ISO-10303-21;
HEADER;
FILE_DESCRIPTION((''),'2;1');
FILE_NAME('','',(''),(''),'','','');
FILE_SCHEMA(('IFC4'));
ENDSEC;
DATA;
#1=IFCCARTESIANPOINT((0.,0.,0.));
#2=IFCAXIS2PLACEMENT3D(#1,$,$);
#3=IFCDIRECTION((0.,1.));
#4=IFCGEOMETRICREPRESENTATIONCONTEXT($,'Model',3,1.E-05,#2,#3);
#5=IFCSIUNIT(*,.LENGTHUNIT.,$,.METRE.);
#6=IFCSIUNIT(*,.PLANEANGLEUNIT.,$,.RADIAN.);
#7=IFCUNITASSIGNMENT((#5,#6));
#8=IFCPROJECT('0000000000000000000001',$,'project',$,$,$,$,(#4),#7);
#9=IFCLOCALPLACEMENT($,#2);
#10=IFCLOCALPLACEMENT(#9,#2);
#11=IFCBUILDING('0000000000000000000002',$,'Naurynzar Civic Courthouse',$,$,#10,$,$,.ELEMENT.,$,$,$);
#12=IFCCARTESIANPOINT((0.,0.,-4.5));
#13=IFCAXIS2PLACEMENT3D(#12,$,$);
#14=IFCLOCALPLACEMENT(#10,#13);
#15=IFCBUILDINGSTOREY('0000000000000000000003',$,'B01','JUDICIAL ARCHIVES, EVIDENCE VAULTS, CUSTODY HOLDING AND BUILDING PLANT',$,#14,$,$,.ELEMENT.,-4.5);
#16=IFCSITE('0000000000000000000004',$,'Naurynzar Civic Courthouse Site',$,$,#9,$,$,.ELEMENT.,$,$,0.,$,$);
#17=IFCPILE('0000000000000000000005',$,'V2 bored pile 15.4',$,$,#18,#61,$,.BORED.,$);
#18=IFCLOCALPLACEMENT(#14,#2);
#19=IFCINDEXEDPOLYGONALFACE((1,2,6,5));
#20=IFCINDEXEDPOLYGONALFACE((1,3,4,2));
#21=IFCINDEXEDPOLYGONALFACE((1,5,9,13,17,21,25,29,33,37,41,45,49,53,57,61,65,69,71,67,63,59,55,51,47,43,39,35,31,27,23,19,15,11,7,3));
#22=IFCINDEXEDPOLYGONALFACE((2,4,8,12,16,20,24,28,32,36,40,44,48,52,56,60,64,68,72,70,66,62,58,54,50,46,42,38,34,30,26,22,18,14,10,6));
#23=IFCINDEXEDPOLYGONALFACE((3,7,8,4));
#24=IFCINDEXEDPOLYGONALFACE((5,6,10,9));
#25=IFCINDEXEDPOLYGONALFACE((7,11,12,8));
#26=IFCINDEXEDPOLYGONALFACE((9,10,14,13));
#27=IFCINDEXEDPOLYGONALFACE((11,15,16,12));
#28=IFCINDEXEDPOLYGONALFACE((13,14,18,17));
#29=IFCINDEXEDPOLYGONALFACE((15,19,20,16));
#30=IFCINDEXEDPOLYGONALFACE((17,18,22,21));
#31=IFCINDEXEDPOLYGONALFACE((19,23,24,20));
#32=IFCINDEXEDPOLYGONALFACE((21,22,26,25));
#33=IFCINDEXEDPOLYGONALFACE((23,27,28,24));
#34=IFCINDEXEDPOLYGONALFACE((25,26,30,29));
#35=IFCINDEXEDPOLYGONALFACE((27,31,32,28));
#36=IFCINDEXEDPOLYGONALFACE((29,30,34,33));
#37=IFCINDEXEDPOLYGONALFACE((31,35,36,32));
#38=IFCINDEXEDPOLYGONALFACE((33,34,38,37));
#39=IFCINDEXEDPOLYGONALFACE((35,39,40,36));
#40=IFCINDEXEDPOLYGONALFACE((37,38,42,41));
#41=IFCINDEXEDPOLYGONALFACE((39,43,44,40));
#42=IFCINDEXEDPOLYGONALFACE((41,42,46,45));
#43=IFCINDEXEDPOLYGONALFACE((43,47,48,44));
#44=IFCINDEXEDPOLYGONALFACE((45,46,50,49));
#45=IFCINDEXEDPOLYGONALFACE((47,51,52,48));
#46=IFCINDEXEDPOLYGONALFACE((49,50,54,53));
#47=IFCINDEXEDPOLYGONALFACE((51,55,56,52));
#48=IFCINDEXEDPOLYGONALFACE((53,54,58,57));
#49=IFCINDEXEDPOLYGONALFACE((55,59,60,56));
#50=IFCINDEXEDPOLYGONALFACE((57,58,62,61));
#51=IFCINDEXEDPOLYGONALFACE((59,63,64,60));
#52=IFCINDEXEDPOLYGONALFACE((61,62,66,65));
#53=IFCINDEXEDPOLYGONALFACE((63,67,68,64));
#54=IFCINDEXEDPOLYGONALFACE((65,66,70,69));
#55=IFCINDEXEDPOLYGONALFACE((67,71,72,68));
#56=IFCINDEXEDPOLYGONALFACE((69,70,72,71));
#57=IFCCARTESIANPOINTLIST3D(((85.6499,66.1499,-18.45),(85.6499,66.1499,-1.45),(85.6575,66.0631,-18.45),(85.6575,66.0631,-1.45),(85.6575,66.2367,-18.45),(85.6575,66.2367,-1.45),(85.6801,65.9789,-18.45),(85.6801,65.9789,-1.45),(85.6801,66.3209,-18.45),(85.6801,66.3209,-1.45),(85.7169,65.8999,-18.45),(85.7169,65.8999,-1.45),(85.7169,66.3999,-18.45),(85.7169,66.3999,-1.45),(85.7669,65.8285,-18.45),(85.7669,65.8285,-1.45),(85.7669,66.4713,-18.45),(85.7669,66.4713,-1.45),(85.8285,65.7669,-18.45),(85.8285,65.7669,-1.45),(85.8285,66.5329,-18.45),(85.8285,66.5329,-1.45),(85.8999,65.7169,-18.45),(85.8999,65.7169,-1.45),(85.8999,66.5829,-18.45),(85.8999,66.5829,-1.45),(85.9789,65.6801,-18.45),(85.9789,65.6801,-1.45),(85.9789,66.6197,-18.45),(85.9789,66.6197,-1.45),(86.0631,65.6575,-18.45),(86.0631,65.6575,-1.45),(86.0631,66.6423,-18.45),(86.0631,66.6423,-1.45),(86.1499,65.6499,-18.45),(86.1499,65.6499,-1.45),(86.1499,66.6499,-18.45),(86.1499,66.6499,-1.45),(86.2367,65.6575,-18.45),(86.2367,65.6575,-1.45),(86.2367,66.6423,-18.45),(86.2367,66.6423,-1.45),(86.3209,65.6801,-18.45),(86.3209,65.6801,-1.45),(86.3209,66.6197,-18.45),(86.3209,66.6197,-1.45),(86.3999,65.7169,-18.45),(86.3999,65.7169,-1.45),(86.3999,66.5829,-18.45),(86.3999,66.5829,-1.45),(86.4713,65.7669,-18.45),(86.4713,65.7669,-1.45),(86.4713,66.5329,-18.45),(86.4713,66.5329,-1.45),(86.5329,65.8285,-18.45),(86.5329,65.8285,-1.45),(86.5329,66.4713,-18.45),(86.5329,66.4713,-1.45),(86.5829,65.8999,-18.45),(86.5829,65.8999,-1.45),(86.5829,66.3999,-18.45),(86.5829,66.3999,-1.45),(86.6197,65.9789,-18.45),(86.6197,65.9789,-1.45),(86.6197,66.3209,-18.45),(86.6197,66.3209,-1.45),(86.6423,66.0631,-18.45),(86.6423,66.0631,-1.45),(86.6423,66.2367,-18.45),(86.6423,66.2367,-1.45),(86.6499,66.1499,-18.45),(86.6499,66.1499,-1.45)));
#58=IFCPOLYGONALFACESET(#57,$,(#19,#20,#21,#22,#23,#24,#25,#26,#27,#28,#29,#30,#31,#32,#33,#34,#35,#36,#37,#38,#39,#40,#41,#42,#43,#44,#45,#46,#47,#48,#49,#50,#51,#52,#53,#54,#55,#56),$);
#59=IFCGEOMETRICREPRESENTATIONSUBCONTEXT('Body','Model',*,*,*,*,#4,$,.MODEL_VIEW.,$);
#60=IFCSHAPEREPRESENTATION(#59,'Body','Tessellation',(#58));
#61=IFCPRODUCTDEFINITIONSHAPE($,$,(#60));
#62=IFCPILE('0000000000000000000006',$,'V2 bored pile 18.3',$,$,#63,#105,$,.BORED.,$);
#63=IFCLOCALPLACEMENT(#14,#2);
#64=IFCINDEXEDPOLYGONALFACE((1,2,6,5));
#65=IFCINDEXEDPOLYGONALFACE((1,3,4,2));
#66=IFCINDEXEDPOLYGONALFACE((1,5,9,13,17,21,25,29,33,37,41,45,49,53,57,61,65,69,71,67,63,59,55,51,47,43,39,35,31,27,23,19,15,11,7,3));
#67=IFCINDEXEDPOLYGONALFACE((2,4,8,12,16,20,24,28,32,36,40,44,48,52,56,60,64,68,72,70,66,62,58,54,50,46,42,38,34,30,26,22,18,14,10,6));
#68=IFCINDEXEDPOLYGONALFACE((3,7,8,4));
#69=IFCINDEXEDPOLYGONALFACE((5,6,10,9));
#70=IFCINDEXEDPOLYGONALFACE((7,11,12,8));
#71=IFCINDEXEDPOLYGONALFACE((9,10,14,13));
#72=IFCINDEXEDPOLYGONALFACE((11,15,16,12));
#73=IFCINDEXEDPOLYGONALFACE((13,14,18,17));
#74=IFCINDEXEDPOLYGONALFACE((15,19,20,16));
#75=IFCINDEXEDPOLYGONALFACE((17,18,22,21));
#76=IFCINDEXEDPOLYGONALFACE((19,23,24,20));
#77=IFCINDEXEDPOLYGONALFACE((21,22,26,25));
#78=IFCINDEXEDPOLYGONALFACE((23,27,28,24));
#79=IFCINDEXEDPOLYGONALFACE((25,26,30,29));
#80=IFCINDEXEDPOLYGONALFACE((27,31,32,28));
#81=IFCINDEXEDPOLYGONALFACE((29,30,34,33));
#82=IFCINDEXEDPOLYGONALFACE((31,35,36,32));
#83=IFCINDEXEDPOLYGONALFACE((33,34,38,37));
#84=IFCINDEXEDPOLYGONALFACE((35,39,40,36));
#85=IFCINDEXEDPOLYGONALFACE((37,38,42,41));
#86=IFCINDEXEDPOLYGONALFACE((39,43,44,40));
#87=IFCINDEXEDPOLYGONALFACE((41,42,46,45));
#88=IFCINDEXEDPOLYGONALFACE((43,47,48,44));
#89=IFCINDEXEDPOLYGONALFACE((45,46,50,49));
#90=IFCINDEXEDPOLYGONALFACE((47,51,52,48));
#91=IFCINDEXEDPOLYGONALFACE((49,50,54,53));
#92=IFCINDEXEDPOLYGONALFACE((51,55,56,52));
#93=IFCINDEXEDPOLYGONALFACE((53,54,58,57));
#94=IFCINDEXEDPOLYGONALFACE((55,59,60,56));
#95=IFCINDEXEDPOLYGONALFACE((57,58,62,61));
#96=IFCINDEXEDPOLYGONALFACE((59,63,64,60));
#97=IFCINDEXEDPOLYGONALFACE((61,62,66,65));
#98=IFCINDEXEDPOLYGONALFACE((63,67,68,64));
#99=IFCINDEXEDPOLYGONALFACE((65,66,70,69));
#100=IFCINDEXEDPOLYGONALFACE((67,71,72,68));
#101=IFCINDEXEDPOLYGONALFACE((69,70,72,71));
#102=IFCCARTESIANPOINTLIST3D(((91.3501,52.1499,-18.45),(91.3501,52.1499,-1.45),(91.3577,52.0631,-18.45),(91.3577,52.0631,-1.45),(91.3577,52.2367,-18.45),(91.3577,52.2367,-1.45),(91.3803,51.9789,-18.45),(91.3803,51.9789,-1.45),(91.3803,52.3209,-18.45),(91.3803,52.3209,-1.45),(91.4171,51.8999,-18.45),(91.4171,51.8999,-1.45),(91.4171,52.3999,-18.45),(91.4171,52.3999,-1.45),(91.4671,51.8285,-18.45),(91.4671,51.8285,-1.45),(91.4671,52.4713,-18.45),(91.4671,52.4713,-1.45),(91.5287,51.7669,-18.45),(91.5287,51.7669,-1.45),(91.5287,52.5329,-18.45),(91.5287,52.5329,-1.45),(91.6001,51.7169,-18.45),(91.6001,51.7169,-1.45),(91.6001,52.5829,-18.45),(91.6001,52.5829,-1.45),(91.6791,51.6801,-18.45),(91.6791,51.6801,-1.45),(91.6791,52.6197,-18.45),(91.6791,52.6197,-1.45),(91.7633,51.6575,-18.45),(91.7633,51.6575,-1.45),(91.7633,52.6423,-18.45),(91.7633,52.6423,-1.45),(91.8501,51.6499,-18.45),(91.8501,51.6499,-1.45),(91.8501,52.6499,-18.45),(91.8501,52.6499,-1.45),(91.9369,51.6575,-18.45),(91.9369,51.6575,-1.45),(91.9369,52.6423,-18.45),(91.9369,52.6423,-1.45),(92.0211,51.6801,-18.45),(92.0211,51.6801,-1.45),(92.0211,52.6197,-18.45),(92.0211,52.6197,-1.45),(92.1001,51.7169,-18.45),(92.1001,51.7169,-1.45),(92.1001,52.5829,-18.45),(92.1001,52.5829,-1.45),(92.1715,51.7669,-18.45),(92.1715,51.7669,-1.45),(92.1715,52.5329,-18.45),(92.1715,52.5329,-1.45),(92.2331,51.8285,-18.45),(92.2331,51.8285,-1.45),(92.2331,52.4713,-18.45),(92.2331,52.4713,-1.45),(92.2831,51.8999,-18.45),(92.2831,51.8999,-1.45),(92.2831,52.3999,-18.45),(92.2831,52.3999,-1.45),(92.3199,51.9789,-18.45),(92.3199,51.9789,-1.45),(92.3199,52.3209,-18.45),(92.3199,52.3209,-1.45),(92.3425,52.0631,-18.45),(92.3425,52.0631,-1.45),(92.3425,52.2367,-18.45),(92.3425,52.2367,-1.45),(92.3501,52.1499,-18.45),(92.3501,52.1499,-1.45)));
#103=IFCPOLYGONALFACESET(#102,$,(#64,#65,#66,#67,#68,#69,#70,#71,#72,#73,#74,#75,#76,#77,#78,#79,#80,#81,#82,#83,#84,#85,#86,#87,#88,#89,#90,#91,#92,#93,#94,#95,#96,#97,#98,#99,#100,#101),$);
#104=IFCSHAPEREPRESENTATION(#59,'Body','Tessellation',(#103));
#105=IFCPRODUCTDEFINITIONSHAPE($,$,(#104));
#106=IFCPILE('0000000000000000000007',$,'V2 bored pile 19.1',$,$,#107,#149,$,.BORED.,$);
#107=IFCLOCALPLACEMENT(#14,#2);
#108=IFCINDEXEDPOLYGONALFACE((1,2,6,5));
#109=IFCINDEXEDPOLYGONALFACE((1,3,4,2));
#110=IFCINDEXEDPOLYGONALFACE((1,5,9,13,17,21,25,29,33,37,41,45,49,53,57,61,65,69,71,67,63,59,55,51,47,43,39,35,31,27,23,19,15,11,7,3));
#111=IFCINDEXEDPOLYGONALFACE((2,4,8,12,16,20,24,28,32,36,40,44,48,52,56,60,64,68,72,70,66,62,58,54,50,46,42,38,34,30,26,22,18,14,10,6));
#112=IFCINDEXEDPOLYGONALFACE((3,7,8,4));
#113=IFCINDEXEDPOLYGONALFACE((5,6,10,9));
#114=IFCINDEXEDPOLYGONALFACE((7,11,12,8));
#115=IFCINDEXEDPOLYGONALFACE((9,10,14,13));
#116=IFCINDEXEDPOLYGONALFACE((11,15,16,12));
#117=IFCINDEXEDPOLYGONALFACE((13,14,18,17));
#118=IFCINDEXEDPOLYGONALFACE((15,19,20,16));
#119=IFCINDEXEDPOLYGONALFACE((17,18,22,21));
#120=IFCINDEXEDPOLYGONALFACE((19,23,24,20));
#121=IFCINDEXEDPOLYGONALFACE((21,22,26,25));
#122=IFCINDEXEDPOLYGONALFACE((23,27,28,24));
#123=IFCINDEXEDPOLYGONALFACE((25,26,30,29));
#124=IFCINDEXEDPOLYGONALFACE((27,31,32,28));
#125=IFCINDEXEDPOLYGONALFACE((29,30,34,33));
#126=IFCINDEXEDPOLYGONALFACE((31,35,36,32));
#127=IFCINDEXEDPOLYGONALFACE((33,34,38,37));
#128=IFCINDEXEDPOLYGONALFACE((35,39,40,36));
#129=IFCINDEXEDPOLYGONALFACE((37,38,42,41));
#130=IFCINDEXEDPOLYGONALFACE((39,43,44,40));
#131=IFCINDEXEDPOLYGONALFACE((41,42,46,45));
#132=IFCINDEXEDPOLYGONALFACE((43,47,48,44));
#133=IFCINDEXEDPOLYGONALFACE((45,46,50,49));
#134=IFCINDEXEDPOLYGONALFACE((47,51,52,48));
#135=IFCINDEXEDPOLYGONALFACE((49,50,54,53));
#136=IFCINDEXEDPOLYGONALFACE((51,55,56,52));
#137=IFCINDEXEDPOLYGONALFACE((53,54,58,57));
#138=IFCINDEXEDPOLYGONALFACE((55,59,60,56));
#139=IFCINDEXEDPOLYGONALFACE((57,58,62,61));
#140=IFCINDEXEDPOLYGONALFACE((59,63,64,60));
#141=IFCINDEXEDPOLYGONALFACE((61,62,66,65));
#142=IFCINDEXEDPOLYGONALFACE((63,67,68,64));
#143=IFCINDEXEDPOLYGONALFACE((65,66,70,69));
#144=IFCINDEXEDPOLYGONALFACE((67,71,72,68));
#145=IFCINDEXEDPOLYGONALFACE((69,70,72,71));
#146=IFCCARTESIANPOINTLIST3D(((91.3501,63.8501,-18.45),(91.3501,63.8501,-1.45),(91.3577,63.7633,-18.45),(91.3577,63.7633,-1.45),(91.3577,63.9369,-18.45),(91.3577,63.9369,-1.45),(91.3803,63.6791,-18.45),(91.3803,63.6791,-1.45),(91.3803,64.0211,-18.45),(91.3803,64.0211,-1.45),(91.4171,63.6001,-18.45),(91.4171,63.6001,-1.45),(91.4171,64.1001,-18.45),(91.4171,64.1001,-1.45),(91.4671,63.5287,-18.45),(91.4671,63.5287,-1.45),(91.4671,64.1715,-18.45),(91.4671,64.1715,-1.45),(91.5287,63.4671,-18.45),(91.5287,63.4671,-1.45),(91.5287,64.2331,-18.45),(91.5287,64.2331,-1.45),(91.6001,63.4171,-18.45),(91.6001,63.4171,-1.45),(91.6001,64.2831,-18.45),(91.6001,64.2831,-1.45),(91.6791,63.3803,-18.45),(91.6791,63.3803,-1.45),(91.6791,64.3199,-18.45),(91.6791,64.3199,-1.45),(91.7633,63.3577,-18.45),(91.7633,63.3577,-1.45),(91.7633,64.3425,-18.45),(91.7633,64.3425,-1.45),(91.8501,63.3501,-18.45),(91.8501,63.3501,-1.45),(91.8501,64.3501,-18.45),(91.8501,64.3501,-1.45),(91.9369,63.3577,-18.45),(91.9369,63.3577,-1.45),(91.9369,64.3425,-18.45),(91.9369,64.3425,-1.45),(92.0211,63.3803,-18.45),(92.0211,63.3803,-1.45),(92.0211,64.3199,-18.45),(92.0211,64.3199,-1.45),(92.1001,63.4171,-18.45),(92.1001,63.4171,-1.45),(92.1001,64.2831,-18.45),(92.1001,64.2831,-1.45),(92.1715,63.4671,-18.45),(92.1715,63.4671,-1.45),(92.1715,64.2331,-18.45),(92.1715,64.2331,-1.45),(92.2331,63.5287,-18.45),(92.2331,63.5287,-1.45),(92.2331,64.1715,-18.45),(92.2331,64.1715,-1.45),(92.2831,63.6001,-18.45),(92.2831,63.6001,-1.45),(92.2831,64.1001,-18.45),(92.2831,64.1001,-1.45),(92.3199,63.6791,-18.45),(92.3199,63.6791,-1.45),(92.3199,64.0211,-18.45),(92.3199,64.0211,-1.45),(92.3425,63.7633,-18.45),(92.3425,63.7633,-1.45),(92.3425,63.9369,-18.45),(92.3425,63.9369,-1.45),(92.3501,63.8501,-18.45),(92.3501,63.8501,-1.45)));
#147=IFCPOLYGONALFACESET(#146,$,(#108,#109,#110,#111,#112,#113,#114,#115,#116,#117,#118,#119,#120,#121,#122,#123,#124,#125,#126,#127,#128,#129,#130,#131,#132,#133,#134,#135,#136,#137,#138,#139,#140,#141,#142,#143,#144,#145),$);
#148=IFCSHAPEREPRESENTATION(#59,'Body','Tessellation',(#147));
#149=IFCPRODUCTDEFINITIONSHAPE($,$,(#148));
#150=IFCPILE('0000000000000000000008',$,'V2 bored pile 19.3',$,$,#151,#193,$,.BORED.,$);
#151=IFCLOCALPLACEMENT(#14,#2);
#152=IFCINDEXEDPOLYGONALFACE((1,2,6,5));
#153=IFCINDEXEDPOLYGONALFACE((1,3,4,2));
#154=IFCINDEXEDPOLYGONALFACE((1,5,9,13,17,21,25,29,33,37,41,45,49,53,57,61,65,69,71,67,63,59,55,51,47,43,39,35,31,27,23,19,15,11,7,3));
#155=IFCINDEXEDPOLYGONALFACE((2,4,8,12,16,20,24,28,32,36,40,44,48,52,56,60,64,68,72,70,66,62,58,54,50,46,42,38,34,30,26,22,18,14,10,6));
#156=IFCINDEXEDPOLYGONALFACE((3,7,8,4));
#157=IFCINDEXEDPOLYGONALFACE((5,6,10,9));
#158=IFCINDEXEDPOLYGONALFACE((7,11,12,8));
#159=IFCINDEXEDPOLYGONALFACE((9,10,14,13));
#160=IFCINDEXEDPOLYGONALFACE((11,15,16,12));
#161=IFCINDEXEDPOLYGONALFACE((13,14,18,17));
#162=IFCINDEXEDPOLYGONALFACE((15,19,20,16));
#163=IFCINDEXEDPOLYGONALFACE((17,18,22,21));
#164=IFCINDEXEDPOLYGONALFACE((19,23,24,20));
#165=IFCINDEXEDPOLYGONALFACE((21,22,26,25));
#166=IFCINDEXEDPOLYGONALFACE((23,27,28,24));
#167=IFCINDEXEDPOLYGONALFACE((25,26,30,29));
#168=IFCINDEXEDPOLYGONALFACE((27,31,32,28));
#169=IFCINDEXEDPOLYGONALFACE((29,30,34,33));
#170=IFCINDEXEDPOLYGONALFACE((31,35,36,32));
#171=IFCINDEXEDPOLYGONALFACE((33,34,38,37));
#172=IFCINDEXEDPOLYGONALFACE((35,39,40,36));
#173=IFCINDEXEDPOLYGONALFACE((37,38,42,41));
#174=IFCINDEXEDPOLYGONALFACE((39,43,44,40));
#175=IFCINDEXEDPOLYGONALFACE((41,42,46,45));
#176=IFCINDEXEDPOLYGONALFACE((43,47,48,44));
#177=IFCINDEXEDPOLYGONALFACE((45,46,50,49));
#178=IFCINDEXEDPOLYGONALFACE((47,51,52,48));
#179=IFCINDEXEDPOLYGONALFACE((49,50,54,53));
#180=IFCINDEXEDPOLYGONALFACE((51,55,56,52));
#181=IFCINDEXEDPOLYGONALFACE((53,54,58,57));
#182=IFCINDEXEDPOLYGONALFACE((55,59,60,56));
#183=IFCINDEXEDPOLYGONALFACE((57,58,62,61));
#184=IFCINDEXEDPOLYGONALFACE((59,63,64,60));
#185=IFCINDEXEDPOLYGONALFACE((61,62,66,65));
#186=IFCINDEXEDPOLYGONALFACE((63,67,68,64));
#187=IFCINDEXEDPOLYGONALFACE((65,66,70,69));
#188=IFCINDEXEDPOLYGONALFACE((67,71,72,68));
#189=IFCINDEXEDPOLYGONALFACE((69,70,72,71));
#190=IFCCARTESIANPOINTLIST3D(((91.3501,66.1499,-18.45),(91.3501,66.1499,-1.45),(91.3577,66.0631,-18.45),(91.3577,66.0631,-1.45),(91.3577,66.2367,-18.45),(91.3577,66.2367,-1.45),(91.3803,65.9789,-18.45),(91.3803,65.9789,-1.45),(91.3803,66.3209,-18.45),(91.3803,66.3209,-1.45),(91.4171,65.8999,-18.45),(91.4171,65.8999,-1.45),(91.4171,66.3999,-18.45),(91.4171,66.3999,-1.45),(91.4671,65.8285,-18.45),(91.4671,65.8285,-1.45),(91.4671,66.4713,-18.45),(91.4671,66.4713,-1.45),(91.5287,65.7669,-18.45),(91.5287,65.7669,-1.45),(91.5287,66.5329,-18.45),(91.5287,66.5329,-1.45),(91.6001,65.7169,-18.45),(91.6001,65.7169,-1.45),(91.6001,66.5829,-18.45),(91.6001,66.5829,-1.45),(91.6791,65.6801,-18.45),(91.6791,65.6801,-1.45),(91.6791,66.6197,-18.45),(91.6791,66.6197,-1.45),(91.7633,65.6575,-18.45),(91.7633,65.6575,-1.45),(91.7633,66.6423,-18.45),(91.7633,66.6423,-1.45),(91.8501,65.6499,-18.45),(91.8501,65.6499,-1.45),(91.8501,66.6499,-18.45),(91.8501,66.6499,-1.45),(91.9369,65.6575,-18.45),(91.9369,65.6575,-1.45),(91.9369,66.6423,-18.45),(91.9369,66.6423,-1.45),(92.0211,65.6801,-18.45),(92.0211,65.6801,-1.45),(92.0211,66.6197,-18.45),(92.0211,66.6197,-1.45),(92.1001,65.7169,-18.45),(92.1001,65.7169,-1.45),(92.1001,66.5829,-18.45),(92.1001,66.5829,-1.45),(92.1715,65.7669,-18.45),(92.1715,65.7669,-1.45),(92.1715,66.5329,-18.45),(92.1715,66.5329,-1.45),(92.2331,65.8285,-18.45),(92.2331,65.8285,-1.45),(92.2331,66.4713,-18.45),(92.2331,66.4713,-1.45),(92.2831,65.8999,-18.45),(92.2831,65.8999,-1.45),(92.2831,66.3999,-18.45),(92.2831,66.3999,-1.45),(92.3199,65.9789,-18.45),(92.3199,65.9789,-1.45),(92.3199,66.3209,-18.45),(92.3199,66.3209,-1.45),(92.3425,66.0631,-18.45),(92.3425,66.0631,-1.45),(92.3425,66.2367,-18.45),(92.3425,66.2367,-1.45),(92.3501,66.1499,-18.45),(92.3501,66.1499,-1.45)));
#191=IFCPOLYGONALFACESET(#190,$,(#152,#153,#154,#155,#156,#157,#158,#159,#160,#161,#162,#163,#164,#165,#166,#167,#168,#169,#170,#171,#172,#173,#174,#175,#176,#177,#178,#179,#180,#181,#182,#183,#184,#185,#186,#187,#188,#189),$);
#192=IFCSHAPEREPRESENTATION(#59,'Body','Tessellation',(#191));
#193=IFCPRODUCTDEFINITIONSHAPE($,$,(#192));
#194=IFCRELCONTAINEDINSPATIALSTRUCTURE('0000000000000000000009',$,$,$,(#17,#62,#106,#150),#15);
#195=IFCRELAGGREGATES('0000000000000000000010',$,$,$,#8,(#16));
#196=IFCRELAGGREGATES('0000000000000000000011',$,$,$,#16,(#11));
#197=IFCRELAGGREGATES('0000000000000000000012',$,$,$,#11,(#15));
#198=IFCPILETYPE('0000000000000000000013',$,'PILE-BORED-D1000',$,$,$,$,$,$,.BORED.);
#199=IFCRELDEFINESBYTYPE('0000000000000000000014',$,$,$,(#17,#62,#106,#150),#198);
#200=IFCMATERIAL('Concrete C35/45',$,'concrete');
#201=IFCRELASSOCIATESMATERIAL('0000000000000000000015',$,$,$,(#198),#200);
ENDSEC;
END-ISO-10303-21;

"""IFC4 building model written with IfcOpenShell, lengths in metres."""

from ifc_helpers import new_model, si_unit, direction, frame, origin, origin_2d, place, context, subcontext, project, spatial, circle, extrude, material, material_profile, profile_set, type_object, element, save


model = new_model("IFC4")

# Units and contexts
model_context = context("Model", 3, precision=1e-05, world=origin(), true_north=direction((0.0, 1.0)))
body_context = subcontext(model_context, "Body", "Model", "MODEL_VIEW")
ifc_project = project(units=[si_unit("LENGTHUNIT", "METRE"), si_unit("PLANEANGLEUNIT", "RADIAN")], contexts=[model_context])

# Site, building, storey
site_placement = place(None, origin())
site = spatial("IfcSite", under=ifc_project, at=site_placement, Name="Naurynzar Civic Courthouse Site", CompositionType="ELEMENT", RefElevation=0.0)
building_placement = place(site_placement, origin())
building = spatial("IfcBuilding", under=site, at=building_placement, Name="Naurynzar Civic Courthouse", CompositionType="ELEMENT")
storey_placement = place(building_placement, frame((0.0, 0.0, -4.5)))
storey = spatial("IfcBuildingStorey", under=building, at=storey_placement, Name="B01", Description="JUDICIAL ARCHIVES, EVIDENCE VAULTS, CUSTODY HOLDING AND BUILDING PLANT", CompositionType="ELEMENT", Elevation=-4.5)

# Piles
ifc_material_1 = material(Name="Concrete C35/45", Category="concrete")
ifc_material_profile_1 = material_profile(ifc_material_1, circle(Radius=0.5, at=origin_2d()), Name="PILE D1000")
ifc_profile_set_1 = profile_set([ifc_material_profile_1], Name="Concrete C35/45")
pile_type_1 = type_object("IfcPileType", Name="PILE-BORED-D1000", PredefinedType="BORED", material=ifc_profile_set_1)
for number, where, z_axis, x_axis, name in (
    (1, (86.1499, 66.1499, -1.45), (0.0, 0.0, -1.0), (1.0, 0.0, 0.0), "V2 bored pile 15.4"),
    (2, (91.8501, 52.1499, -1.45), (0.0, 0.0, -1.0), (1.0, 0.0, 0.0), "V2 bored pile 18.3"),
    (3, (91.8501, 63.8501, -1.45), (0.0, 0.0, -1.0), (1.0, 0.0, 0.0), "V2 bored pile 19.1"),
    (4, (91.8501, 66.1499, -1.45), (0.0, 0.0, -1.0), (1.0, 0.0, 0.0), "V2 bored pile 19.3"),
):
    element("IfcPile", number, at=place(storey_placement, frame(where, z_axis=z_axis, x_axis=x_axis)), inside=storey, type_object=pile_type_1, Name=name, PredefinedType="BORED", context=body_context, shape_type="SweptSolid", body=[
        extrude(circle(Radius=0.5, at=origin_2d()), origin(), (0.0, 0.0, 1.0), 17.0),
    ])

save(model, "model.ifc")
